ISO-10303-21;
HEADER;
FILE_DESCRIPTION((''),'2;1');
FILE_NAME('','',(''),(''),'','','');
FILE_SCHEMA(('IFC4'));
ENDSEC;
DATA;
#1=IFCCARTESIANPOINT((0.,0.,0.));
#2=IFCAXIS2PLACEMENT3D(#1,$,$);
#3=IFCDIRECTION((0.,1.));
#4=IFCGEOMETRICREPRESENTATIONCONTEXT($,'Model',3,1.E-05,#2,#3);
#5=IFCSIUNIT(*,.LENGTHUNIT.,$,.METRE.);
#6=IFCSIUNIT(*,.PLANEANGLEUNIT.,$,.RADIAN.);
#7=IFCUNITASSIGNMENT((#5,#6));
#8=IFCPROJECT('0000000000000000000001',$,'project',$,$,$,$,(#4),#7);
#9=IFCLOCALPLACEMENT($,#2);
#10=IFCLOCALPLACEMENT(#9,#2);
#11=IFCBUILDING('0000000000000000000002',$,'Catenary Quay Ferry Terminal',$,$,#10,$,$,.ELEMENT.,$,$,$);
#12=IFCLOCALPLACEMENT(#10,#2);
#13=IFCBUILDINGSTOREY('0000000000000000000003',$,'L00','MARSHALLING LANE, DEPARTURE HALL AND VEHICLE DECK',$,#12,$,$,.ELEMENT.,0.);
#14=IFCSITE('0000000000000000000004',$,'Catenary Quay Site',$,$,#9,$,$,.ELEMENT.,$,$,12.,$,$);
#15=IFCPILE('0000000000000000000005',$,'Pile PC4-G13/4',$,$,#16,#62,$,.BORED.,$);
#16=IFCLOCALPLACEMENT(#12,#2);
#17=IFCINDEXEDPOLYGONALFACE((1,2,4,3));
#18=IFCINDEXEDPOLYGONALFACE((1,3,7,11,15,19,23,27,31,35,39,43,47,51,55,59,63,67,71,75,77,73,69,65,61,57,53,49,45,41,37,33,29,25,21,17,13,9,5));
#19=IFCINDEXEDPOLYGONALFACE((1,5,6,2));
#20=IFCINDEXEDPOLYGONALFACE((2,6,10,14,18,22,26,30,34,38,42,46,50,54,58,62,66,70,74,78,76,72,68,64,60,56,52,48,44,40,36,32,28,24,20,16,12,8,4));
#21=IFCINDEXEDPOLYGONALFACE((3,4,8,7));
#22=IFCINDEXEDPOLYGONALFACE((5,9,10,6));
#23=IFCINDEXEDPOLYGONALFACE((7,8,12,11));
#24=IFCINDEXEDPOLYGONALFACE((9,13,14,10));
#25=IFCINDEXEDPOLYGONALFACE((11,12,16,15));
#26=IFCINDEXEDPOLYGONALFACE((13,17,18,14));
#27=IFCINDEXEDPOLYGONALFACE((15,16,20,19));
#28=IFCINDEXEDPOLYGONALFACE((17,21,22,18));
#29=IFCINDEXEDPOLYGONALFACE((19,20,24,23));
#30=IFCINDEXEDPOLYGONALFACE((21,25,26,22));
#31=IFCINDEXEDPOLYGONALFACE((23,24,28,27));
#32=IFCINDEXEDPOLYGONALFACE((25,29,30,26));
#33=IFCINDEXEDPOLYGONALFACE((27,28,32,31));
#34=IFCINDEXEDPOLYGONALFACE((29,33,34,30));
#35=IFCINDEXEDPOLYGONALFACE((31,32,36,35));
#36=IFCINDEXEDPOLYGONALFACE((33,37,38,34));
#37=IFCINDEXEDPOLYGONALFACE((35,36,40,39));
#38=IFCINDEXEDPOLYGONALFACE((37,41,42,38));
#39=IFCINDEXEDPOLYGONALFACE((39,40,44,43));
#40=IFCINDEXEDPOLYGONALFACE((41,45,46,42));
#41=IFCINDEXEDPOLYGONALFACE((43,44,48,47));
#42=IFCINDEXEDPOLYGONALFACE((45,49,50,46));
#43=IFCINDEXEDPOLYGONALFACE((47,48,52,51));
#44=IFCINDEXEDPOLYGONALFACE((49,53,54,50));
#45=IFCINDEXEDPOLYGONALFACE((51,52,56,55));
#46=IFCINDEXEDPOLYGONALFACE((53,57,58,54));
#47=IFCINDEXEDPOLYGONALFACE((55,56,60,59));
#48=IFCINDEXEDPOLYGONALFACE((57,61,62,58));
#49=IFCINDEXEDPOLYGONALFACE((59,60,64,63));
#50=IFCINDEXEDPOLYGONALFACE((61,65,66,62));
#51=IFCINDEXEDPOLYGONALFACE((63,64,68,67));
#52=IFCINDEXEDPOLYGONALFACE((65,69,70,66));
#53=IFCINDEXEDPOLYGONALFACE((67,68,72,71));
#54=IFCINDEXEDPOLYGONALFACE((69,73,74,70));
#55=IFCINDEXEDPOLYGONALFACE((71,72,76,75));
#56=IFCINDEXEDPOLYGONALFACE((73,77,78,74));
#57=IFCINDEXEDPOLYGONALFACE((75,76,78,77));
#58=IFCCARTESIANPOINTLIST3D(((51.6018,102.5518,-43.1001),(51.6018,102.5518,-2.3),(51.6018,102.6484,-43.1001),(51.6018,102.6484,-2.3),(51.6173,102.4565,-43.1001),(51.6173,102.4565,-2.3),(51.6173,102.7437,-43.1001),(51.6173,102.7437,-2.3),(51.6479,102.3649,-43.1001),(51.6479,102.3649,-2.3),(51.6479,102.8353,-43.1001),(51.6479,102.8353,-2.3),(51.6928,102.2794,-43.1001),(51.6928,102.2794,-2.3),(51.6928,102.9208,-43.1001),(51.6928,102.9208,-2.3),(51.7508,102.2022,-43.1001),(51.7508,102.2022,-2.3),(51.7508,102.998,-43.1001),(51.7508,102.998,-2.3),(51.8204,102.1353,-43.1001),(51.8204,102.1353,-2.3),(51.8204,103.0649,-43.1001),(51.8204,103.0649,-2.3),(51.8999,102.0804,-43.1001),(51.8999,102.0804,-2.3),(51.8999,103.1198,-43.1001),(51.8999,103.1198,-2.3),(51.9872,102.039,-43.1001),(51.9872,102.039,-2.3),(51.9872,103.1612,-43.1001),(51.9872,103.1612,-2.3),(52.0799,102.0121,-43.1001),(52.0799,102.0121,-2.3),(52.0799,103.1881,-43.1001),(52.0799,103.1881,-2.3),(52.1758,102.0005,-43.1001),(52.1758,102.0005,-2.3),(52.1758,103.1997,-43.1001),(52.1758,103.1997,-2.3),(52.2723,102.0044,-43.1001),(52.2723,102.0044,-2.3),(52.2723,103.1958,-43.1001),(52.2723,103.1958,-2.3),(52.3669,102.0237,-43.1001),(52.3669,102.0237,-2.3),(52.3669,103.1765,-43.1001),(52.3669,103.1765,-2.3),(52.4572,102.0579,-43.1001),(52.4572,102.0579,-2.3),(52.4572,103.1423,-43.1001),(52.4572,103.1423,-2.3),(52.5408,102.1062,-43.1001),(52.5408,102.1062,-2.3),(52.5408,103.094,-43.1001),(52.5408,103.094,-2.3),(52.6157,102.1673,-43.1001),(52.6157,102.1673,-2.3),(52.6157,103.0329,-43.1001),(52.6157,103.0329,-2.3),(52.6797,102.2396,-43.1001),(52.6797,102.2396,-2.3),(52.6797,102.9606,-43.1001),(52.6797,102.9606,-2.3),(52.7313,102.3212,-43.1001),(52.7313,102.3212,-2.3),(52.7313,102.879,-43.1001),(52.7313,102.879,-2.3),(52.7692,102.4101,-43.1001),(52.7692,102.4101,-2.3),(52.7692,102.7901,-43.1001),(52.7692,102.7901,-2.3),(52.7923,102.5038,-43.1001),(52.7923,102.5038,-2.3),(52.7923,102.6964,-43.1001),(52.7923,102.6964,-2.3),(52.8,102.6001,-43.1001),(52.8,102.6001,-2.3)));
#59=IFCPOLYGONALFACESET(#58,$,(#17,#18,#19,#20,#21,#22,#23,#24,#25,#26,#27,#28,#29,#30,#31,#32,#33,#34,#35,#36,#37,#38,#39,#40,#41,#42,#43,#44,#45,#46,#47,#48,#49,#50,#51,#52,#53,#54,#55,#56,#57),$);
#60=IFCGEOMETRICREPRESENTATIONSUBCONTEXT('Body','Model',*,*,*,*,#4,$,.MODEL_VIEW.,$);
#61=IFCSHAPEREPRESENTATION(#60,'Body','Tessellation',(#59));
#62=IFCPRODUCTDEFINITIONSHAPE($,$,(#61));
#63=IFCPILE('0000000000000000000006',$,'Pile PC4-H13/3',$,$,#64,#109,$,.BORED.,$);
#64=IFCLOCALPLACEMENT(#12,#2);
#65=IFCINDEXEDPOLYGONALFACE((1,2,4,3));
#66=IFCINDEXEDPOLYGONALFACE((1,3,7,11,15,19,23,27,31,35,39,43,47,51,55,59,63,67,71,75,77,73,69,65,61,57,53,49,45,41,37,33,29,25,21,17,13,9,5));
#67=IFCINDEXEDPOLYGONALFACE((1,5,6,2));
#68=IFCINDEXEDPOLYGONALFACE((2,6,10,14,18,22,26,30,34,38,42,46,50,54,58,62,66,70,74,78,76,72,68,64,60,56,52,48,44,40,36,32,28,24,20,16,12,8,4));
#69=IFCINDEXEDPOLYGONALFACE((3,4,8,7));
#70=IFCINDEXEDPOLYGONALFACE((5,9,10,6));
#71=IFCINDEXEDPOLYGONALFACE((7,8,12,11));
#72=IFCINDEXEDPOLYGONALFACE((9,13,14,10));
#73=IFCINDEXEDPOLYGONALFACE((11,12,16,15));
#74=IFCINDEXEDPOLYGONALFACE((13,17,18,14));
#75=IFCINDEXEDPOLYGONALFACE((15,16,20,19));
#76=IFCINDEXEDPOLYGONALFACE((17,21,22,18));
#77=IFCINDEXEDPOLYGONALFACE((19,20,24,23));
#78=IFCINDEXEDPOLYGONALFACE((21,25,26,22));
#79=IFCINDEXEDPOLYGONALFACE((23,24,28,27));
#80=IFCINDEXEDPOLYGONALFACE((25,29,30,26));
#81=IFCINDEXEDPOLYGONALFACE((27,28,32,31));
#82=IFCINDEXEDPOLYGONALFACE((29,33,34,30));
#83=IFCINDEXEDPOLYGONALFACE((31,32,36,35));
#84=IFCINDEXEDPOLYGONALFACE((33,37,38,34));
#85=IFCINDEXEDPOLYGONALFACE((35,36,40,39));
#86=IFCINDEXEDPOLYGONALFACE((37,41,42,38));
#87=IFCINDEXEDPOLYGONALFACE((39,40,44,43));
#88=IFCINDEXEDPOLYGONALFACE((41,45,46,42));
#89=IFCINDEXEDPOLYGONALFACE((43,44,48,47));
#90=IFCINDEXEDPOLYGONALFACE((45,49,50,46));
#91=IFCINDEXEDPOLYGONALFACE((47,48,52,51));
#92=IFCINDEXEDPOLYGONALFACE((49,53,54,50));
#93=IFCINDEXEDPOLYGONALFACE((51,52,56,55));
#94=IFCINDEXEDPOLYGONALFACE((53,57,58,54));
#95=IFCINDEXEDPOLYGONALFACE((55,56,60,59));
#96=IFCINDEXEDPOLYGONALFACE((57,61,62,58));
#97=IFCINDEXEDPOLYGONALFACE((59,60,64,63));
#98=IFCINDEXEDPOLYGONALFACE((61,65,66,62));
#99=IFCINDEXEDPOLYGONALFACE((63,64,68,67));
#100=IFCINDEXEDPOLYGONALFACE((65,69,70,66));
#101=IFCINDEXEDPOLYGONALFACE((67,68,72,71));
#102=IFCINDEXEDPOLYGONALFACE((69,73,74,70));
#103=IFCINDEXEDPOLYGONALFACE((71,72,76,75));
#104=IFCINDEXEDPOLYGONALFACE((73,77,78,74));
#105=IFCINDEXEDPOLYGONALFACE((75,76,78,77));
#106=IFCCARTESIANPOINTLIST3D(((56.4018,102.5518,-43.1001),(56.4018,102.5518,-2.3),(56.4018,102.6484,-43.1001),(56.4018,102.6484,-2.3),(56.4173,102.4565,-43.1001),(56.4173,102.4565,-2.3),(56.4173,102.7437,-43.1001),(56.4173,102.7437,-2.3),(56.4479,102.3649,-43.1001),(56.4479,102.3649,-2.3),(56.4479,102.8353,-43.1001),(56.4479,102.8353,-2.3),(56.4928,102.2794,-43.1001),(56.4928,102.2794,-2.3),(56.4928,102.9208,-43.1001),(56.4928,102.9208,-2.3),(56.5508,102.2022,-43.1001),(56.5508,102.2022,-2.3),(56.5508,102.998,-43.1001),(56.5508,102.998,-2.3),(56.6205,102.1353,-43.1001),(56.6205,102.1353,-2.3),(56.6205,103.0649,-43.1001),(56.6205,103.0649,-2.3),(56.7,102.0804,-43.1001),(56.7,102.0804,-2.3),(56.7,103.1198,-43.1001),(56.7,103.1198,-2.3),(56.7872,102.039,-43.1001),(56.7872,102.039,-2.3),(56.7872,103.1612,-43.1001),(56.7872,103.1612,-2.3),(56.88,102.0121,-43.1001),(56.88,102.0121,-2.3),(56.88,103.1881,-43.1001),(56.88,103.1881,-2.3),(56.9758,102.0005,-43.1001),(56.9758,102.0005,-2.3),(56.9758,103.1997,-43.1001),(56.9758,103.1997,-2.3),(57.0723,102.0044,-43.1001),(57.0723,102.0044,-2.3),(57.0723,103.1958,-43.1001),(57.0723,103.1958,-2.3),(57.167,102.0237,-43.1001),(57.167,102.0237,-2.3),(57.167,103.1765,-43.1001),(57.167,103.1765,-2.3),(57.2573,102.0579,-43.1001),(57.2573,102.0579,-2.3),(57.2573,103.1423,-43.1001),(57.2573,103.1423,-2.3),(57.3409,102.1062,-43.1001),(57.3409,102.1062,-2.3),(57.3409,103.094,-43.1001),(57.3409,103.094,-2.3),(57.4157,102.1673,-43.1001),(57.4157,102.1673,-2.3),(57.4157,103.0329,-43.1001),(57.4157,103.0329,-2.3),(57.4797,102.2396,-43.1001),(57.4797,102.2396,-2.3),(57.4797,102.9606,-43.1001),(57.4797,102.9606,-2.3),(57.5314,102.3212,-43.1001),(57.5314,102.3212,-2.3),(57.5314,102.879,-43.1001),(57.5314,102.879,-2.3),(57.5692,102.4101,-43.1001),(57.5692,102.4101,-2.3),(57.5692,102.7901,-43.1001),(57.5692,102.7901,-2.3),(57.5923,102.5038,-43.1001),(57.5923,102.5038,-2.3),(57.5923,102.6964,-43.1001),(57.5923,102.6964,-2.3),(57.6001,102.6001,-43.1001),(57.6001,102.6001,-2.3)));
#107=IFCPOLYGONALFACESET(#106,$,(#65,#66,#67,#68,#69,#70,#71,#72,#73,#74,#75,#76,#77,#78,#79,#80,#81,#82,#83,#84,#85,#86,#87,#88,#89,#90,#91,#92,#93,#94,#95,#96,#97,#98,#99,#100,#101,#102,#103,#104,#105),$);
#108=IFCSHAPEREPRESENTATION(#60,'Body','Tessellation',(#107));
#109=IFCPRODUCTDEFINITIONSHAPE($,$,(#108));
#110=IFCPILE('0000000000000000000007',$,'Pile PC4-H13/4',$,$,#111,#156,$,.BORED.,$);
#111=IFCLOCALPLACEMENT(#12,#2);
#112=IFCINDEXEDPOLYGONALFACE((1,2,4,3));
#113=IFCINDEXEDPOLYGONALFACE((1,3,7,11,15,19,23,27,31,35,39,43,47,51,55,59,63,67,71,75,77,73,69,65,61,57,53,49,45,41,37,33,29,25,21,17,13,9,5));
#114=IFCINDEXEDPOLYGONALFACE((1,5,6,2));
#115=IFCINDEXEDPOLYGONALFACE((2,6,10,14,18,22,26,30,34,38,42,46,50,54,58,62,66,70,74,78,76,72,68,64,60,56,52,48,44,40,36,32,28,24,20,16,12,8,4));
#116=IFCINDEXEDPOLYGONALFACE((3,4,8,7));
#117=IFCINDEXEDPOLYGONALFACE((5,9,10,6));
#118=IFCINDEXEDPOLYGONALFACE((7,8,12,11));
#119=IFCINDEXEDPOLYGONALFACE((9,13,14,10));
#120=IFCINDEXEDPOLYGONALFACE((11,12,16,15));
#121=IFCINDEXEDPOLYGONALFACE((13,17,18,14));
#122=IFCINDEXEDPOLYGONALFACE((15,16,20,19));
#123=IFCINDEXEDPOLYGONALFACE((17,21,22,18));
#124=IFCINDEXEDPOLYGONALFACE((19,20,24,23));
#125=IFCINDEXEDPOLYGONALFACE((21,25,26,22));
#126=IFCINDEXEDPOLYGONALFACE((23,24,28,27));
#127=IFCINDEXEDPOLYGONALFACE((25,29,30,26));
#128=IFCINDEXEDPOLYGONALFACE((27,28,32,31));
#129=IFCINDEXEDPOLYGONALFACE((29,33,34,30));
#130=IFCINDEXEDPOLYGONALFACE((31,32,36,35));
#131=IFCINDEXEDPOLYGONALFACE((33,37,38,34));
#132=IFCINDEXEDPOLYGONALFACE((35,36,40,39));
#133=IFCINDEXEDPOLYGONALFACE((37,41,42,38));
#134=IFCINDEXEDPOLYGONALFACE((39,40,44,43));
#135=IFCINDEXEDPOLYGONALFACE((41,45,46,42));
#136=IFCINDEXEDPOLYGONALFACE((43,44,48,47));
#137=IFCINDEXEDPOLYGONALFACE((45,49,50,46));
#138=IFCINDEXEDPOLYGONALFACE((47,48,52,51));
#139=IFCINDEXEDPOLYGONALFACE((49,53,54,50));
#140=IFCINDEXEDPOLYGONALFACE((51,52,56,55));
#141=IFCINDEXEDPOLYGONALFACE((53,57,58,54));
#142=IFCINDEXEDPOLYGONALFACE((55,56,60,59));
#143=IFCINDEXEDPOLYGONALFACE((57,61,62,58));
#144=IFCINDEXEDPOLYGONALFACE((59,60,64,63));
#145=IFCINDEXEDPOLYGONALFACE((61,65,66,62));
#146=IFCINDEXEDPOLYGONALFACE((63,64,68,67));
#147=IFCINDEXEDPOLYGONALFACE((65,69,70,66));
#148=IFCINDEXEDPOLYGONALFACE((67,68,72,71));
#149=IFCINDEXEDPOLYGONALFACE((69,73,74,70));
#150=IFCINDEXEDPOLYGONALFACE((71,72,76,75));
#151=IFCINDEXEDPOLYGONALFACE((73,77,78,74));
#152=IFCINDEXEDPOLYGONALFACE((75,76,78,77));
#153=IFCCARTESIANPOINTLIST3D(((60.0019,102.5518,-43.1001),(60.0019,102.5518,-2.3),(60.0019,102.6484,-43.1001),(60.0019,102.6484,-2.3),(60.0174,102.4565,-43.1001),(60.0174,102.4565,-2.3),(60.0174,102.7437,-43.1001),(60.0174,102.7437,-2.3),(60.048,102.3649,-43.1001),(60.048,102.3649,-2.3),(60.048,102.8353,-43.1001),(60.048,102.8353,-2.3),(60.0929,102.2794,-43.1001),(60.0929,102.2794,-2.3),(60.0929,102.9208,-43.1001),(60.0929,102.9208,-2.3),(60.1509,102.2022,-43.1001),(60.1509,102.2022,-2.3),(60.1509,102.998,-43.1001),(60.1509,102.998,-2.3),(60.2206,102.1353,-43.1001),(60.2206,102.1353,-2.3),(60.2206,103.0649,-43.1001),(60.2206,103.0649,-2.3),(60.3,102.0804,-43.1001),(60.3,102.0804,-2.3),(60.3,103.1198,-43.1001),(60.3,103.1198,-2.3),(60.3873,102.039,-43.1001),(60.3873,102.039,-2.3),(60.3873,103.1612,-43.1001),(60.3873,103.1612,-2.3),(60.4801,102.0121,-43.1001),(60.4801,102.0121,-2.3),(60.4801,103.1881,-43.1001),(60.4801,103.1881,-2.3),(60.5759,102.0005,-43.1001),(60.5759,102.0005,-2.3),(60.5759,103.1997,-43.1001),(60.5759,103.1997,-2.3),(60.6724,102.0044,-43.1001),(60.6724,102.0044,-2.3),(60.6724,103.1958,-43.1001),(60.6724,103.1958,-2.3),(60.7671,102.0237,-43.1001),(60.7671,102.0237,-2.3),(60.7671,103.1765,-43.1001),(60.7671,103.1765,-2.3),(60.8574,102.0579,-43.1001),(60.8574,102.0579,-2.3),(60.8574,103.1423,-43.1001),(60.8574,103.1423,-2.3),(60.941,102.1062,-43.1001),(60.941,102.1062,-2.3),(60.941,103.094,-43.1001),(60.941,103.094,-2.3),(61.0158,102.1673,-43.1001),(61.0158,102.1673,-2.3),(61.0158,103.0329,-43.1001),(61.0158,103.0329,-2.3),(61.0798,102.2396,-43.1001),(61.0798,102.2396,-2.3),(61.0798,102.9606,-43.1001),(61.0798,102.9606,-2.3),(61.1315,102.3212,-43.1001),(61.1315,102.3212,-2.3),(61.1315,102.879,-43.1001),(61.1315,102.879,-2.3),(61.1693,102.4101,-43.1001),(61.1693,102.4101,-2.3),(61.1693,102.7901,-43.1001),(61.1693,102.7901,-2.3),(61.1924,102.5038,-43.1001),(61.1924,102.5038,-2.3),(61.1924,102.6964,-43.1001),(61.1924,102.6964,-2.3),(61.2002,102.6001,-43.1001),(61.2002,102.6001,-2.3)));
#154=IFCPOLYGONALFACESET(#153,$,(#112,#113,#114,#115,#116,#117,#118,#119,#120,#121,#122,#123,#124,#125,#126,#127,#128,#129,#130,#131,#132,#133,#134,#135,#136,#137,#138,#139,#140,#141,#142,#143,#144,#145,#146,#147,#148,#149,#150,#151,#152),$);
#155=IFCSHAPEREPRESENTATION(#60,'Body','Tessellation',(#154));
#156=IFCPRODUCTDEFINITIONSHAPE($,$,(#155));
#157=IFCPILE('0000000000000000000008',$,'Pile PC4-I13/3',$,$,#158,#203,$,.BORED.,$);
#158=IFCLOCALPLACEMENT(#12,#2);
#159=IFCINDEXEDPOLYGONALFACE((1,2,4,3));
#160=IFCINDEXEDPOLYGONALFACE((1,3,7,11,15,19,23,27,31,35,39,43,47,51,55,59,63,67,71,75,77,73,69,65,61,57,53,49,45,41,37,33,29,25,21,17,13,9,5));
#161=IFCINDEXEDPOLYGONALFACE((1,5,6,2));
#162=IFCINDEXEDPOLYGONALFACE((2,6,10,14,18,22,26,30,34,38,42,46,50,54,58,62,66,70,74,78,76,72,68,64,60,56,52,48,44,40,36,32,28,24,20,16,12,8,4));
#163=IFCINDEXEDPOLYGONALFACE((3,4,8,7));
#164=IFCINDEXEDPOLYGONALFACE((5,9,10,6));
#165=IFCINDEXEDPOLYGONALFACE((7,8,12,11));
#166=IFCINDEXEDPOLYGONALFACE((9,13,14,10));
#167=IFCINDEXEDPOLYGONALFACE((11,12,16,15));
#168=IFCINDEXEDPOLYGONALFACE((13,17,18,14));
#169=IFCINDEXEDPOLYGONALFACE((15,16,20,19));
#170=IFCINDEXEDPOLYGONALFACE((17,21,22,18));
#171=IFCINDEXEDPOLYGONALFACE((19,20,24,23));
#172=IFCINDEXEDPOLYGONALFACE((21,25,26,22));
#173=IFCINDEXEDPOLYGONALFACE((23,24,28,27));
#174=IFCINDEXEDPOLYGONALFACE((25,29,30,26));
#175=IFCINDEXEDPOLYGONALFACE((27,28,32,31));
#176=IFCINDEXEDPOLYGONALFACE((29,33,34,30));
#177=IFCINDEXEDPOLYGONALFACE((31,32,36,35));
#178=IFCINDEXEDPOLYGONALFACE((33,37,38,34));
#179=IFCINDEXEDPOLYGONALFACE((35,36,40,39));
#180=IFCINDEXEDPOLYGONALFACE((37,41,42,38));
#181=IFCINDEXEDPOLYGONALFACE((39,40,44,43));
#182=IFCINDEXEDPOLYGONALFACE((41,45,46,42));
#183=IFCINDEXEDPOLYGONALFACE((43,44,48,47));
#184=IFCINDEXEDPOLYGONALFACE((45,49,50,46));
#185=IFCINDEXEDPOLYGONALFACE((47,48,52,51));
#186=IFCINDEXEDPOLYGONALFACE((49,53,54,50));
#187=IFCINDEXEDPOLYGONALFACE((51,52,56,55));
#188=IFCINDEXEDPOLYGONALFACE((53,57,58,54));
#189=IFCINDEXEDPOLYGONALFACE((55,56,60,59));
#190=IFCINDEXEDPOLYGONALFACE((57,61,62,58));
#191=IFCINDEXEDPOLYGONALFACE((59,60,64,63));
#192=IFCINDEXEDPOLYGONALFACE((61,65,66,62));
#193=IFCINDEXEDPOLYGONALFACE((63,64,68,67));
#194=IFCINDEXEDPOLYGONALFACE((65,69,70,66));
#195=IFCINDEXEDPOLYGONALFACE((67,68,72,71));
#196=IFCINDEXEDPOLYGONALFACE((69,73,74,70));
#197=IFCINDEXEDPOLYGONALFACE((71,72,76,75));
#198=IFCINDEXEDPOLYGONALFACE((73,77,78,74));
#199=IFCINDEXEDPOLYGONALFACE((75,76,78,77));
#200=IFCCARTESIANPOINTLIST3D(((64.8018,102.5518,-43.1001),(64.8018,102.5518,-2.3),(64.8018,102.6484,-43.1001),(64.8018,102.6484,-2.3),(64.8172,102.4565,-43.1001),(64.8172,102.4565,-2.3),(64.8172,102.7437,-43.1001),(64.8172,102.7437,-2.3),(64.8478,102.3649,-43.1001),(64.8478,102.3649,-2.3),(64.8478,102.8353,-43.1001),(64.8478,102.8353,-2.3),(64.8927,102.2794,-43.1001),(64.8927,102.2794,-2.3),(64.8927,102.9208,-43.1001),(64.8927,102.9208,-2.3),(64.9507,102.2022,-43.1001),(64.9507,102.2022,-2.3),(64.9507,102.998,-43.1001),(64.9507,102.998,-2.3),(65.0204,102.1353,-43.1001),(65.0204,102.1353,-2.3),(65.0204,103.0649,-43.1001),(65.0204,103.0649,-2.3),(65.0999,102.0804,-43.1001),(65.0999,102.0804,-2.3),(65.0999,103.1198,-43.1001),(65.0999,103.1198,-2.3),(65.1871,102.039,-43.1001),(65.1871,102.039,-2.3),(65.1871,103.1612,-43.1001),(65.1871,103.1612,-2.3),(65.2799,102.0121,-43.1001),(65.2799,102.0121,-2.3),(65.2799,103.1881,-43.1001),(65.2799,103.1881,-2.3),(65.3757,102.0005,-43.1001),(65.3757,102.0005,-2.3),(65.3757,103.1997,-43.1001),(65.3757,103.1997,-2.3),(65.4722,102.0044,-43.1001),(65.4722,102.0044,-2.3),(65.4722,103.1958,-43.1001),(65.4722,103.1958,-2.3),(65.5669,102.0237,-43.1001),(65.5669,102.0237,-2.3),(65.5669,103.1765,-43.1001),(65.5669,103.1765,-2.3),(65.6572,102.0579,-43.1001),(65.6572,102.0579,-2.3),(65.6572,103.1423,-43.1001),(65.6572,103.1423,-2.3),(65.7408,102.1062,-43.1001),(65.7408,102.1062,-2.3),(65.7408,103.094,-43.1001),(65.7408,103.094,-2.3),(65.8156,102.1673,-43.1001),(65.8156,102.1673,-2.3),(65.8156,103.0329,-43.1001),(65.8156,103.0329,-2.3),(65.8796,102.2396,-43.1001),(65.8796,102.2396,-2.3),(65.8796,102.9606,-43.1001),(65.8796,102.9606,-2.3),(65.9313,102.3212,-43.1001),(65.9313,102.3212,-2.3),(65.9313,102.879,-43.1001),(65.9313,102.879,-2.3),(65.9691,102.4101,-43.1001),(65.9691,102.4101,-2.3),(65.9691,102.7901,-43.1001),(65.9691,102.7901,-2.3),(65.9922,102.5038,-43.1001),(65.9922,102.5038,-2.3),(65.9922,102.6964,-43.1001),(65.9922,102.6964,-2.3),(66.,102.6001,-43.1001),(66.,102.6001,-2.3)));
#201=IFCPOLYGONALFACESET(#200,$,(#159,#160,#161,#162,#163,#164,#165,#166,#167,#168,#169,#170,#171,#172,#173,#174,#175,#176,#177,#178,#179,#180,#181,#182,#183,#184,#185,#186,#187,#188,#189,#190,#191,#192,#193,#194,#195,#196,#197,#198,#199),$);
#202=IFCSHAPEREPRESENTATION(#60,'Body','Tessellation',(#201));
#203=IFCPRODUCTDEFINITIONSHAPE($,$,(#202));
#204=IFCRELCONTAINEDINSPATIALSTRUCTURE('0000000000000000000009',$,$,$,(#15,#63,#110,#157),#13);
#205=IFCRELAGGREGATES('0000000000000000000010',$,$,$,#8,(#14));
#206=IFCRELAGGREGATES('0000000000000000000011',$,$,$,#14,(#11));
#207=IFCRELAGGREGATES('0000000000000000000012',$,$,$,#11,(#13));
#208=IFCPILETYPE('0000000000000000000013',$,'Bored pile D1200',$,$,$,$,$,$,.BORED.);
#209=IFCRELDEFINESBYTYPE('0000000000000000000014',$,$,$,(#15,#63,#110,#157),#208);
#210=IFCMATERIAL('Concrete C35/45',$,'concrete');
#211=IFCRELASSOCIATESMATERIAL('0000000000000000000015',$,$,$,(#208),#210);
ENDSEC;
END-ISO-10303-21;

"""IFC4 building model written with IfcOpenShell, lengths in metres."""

from ifc_helpers import new_model, si_unit, direction, frame, origin, origin_2d, place, context, subcontext, project, spatial, circle, extrude, material, material_profile, profile_set, type_object, element, save


model = new_model("IFC4")

# Units and contexts
model_context = context("Model", 3, precision=1e-05, world=origin(), true_north=direction((0.0, 1.0)))
body_context = subcontext(model_context, "Body", "Model", "MODEL_VIEW")
ifc_project = project(units=[si_unit("LENGTHUNIT", "METRE"), si_unit("PLANEANGLEUNIT", "RADIAN")], contexts=[model_context])

# Site, building, storey
site_placement = place(None, origin())
site = spatial("IfcSite", under=ifc_project, at=site_placement, Name="Catenary Quay Site", CompositionType="ELEMENT", RefElevation=12.0)
building_placement = place(site_placement, origin())
building = spatial("IfcBuilding", under=site, at=building_placement, Name="Catenary Quay Ferry Terminal", CompositionType="ELEMENT")
storey_placement = place(building_placement, origin())
storey = spatial("IfcBuildingStorey", under=building, at=storey_placement, Name="L00", Description="MARSHALLING LANE, DEPARTURE HALL AND VEHICLE DECK", CompositionType="ELEMENT", Elevation=0.0)

# Piles
ifc_material_1 = material(Name="Concrete C35/45", Category="concrete")
ifc_material_profile_1 = material_profile(ifc_material_1, circle(Radius=0.6001, at=origin_2d()), Name="D1200")
ifc_profile_set_1 = profile_set([ifc_material_profile_1], Name="Concrete C35/45")
pile_type = type_object("IfcPileType", Name="Bored pile D1200", PredefinedType="BORED", material=ifc_profile_set_1)
for number, where, z_axis, x_axis, name in (
    (1, (52.2, 102.6001, -2.3), (0.0, 0.0, -1.0), (1.0, 0.0, 0.0), "Pile PC4-G13/4"),
    (2, (57.0, 102.6001, -2.3), (0.0, 0.0, -1.0), (1.0, 0.0, 0.0), "Pile PC4-H13/3"),
    (3, (60.6001, 102.6001, -2.3), (0.0, 0.0, -1.0), (1.0, 0.0, 0.0), "Pile PC4-H13/4"),
    (4, (65.3999, 102.6001, -2.3), (0.0, 0.0, -1.0), (1.0, 0.0, 0.0), "Pile PC4-I13/3"),
):
    element("IfcPile", number, at=place(storey_placement, frame(where, z_axis=z_axis, x_axis=x_axis)), inside=storey, type_object=pile_type, Name=name, PredefinedType="BORED", context=body_context, shape_type="SweptSolid", body=[
        extrude(circle(Radius=0.6001, at=origin_2d()), origin(), (0.0, 0.0, 1.0), 40.8),
    ])

save(model, "model.ifc")
